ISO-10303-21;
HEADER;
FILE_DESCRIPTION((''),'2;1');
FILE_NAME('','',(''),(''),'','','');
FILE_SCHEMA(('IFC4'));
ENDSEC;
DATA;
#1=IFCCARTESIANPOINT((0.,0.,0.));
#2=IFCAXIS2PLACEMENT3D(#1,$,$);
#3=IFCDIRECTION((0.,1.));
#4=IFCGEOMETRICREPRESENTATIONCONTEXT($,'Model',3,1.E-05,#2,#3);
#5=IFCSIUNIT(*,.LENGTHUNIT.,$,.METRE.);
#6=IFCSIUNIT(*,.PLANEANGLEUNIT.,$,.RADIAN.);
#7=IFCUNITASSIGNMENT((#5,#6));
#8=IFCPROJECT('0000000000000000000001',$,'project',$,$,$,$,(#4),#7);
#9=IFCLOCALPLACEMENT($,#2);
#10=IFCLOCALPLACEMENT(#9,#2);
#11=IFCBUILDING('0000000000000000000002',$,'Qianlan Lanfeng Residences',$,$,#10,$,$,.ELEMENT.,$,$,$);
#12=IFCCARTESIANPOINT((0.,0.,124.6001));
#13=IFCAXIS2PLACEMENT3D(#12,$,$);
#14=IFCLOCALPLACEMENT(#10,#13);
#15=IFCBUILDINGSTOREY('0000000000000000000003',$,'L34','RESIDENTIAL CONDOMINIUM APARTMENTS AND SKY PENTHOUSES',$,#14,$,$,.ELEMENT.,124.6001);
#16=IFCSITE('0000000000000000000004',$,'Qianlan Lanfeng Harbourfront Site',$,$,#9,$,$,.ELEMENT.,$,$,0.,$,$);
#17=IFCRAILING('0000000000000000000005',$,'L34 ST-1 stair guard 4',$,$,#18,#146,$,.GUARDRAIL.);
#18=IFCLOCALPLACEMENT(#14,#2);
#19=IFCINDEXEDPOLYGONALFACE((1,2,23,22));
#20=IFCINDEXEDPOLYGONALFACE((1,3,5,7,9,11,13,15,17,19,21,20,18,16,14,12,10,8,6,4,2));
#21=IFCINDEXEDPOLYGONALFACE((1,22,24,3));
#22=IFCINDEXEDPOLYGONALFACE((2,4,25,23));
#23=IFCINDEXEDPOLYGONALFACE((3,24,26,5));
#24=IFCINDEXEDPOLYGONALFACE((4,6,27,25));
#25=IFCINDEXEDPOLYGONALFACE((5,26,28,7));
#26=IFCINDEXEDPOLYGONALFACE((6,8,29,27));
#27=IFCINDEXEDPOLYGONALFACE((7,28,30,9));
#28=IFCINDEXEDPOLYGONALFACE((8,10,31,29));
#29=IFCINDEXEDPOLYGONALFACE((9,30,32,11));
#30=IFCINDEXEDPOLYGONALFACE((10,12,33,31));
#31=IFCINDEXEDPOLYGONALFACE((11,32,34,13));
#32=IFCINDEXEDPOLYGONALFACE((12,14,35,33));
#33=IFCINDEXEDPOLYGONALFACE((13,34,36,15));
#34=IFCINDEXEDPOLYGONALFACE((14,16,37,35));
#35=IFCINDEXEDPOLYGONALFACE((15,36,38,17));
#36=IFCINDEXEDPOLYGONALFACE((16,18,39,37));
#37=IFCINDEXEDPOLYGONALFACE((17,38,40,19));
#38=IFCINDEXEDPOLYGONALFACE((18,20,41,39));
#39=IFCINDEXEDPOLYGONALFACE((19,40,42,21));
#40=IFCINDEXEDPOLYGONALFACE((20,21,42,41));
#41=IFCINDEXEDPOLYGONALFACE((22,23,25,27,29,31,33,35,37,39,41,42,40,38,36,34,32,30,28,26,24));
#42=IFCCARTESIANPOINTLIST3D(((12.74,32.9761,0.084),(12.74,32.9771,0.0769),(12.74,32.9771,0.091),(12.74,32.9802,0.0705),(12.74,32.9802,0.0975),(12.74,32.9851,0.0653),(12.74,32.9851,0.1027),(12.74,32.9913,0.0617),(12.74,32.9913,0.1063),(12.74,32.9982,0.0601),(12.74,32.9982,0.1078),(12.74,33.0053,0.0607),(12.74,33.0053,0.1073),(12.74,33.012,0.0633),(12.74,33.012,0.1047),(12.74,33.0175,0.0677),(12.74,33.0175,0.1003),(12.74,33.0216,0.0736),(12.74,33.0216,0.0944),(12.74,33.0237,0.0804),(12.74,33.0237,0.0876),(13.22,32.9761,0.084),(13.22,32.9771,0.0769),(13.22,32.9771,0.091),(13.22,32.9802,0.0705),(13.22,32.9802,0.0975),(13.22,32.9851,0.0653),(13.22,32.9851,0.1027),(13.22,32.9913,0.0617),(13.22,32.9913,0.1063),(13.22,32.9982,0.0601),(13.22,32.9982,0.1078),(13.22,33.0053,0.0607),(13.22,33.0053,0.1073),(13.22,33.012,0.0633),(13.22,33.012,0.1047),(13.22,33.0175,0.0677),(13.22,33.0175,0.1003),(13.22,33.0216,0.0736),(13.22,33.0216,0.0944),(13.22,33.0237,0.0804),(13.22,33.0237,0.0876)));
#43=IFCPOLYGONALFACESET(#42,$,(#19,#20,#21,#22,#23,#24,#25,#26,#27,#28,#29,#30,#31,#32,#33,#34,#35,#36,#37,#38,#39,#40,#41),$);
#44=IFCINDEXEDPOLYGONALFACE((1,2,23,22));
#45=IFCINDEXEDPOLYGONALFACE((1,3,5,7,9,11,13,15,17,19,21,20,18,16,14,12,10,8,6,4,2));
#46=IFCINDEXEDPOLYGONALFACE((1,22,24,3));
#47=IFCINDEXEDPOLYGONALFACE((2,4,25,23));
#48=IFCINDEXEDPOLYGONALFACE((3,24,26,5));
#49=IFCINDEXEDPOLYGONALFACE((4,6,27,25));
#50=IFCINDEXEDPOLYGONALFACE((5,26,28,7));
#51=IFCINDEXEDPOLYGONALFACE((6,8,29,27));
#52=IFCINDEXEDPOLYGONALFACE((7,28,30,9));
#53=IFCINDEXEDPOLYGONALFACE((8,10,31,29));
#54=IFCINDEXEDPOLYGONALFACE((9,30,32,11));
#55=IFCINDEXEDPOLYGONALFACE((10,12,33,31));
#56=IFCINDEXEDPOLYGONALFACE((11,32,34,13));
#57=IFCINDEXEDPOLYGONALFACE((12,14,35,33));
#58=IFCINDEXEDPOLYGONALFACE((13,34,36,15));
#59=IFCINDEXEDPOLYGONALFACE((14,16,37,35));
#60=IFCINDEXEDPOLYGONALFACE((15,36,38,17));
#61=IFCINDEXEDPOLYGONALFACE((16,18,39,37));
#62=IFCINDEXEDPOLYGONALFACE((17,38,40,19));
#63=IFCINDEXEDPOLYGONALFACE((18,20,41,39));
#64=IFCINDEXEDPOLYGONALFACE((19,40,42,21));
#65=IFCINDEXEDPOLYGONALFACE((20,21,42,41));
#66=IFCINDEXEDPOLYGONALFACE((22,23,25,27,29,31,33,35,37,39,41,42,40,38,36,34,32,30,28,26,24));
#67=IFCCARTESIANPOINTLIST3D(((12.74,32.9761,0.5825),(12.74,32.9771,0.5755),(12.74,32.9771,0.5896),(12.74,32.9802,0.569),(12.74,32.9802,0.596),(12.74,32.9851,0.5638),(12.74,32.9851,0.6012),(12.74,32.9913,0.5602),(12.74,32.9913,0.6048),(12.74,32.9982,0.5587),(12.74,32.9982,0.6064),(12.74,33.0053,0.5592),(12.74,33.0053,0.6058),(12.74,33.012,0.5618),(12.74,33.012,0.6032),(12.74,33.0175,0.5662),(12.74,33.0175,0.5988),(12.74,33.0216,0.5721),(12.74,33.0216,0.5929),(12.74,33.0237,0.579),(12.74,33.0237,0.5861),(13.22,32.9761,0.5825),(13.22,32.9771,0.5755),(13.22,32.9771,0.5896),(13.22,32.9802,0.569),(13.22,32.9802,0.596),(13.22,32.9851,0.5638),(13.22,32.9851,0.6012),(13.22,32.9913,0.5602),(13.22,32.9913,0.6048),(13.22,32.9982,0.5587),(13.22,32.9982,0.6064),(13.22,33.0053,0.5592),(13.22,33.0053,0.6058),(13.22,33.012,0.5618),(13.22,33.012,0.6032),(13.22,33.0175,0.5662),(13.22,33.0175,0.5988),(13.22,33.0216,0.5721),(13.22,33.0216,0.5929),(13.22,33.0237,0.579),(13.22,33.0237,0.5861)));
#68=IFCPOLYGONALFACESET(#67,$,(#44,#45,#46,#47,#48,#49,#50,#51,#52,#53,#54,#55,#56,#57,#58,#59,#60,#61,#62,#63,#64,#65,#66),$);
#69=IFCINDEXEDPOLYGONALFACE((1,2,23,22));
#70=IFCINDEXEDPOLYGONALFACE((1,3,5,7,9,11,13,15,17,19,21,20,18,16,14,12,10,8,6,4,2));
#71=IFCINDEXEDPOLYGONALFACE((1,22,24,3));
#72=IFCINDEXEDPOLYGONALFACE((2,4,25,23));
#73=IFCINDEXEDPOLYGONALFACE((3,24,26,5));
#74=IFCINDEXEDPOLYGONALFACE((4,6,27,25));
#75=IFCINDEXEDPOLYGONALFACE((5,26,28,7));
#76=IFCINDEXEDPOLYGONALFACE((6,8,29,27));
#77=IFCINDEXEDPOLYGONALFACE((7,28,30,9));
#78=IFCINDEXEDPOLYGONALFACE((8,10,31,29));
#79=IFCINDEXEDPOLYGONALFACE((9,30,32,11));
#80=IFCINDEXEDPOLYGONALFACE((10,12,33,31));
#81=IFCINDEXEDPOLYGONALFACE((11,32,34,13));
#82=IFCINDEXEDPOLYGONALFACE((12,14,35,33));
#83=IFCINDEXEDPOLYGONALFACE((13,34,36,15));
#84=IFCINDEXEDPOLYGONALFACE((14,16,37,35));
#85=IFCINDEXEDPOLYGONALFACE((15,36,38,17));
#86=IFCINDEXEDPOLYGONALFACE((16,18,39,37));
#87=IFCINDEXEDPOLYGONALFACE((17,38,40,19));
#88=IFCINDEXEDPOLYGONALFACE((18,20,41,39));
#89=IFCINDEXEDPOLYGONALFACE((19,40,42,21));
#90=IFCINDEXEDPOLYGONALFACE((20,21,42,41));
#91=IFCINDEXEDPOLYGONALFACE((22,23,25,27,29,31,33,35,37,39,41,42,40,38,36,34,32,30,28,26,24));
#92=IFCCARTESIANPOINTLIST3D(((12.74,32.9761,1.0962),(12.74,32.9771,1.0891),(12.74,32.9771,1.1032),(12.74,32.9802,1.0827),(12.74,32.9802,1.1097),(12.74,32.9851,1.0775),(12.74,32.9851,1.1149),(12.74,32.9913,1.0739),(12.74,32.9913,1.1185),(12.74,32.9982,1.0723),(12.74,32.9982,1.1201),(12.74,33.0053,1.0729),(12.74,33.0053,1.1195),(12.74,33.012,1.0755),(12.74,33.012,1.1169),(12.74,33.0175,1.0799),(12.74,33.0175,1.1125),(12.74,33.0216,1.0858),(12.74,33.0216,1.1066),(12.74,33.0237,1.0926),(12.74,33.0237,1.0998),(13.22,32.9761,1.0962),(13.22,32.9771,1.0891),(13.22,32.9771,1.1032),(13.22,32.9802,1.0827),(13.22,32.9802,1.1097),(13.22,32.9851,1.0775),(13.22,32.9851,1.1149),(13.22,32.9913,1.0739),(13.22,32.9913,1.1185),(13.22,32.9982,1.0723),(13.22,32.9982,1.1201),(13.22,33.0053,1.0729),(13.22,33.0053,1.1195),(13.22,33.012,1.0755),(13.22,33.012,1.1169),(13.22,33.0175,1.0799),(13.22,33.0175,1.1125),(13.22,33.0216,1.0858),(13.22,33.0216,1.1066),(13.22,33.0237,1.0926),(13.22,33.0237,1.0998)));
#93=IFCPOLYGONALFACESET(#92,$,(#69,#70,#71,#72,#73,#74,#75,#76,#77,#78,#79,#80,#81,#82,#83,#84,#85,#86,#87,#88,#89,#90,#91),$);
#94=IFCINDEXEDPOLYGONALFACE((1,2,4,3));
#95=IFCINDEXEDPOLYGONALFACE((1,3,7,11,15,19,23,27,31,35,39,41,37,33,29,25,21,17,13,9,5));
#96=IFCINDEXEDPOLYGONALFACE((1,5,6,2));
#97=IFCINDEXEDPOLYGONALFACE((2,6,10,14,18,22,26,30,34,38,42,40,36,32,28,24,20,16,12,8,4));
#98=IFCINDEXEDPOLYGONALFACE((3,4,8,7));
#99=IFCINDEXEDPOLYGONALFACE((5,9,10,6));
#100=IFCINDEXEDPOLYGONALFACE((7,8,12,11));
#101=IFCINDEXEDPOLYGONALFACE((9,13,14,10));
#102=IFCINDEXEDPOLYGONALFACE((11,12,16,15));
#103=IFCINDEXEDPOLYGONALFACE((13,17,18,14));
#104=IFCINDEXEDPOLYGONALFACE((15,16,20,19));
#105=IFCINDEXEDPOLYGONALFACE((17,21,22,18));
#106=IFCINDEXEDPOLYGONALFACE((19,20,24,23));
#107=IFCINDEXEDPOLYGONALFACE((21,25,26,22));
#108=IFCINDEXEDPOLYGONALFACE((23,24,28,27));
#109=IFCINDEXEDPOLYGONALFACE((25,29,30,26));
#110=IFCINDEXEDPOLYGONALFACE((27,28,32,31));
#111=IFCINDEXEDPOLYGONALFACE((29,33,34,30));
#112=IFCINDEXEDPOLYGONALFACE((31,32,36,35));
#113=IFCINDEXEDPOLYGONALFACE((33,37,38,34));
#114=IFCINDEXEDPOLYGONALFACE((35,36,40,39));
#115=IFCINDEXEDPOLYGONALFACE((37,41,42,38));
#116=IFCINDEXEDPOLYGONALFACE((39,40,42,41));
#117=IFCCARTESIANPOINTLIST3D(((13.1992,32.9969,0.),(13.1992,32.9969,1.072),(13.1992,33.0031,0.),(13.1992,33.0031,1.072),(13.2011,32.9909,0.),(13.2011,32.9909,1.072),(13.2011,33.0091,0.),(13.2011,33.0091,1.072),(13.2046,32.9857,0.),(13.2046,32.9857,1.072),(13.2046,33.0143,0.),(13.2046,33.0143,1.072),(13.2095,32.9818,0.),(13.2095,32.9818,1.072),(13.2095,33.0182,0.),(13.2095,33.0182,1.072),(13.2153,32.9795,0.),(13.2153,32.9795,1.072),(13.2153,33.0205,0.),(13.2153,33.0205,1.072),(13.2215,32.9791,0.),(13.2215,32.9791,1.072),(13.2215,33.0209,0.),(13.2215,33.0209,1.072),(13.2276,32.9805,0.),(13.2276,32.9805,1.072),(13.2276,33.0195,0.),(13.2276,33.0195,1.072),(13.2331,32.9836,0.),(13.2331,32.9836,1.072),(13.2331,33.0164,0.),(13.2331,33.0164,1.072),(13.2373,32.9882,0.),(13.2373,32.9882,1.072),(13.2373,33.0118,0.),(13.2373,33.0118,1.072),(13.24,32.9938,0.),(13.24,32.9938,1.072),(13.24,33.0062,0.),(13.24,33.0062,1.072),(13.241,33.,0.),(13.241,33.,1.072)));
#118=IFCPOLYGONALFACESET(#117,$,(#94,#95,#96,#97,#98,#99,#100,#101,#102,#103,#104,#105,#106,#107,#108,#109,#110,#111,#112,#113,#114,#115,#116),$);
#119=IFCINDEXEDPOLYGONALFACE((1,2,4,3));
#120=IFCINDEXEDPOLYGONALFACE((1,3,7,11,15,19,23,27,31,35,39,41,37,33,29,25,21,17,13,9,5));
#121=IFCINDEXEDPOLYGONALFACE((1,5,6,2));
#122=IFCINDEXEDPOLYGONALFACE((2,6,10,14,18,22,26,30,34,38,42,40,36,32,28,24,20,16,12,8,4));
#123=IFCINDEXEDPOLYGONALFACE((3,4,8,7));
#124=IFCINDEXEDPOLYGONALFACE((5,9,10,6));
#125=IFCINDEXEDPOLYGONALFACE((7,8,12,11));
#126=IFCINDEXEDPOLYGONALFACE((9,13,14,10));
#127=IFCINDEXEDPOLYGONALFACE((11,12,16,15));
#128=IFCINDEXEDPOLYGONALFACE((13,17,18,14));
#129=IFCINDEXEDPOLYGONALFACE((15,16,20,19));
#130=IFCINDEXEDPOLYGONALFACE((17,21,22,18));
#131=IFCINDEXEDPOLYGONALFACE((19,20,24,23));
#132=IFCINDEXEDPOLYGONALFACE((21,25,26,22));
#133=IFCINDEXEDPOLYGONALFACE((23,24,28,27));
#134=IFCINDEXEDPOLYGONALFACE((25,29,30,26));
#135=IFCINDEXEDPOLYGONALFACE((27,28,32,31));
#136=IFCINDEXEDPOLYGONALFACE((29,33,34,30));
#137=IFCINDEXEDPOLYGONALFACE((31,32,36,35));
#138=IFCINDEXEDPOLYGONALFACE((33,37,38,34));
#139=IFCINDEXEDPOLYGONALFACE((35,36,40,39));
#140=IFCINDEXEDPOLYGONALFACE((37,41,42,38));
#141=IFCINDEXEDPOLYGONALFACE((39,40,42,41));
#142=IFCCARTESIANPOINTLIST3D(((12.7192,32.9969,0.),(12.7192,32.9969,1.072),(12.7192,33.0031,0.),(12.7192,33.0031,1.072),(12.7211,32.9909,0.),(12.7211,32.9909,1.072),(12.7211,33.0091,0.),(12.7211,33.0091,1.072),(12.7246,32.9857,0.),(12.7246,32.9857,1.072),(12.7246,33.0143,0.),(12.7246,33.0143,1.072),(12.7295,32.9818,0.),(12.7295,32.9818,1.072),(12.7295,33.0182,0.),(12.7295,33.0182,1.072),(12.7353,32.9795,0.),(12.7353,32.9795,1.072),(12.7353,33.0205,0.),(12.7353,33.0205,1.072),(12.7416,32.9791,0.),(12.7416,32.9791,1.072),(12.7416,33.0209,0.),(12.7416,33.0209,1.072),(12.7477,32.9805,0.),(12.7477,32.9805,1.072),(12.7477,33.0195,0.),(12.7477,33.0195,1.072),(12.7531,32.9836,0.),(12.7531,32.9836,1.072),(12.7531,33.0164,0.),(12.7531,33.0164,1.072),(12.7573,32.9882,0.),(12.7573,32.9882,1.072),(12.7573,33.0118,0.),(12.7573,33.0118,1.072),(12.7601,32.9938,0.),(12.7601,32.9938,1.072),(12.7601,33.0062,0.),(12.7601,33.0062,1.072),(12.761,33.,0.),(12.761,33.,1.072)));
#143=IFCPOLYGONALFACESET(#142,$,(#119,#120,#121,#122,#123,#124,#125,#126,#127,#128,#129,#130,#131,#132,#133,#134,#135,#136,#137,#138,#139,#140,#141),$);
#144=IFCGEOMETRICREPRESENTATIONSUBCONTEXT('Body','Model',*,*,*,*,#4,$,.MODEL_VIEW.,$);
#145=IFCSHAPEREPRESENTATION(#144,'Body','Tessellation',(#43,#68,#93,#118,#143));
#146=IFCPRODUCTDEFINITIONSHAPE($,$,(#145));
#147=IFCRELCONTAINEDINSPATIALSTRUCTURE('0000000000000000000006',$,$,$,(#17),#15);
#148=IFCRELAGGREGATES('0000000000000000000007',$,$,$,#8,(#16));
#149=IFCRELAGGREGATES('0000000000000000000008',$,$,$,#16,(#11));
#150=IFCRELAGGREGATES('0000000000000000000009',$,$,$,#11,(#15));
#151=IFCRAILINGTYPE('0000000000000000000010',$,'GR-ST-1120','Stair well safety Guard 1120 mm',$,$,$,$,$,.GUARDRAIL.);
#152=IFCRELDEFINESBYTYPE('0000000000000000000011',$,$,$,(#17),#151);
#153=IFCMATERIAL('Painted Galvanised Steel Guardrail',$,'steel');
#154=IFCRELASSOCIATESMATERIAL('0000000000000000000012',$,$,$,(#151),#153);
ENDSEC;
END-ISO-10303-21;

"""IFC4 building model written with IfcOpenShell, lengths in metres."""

from ifc_helpers import new_model, si_unit, direction, frame, origin, origin_2d, place, context, subcontext, project, spatial, circle, extrude, material, type_object, element, save


model = new_model("IFC4")

# Units and contexts
model_context = context("Model", 3, precision=1e-05, world=origin(), true_north=direction((0.0, 1.0)))
body_context = subcontext(model_context, "Body", "Model", "MODEL_VIEW")
ifc_project = project(units=[si_unit("LENGTHUNIT", "METRE"), si_unit("PLANEANGLEUNIT", "RADIAN")], contexts=[model_context])

# Site, building, storey
site_placement = place(None, origin())
site = spatial("IfcSite", under=ifc_project, at=site_placement, Name="Qianlan Lanfeng Harbourfront Site", CompositionType="ELEMENT", RefElevation=0.0)
building_placement = place(site_placement, origin())
building = spatial("IfcBuilding", under=site, at=building_placement, Name="Qianlan Lanfeng Residences", CompositionType="ELEMENT")
storey_placement = place(building_placement, frame((0.0, 0.0, 124.6001)))
storey = spatial("IfcBuildingStorey", under=building, at=storey_placement, Name="L34", Description="RESIDENTIAL CONDOMINIUM APARTMENTS AND SKY PENTHOUSES", CompositionType="ELEMENT", Elevation=124.6001)

# Railing
ifc_material_1 = material(Name="Painted Galvanised Steel Guardrail", Category="steel")
railing_type_1 = type_object("IfcRailingType", Name="GR-ST-1120", Description="Stair well safety Guard 1120 mm", PredefinedType="GUARDRAIL", material=ifc_material_1)
railing_1_placement = place(storey_placement, frame((13.22, 33.0, 0.0)))
element("IfcRailing", 1, at=railing_1_placement, inside=storey, type_object=railing_type_1, Name="L34 ST-1 stair guard 4", PredefinedType="GUARDRAIL", context=body_context, shape_type="SweptSolid", body=[
    extrude(circle(Radius=0.0239, at=origin_2d()), frame((0.0, 0.0, 0.084), z_axis=(-1.0, 0.0, 0.0), x_axis=(0.0, -1.0, 0.0)), (0.0, 0.0, 1.0), 0.48),
    extrude(circle(Radius=0.0239, at=origin_2d()), frame((0.0, 0.0, 0.5825), z_axis=(-1.0, 0.0, 0.0), x_axis=(0.0, -1.0, 0.0)), (0.0, 0.0, 1.0), 0.48),
    extrude(circle(Radius=0.0239, at=origin_2d()), frame((0.0, 0.0, 1.0962), z_axis=(-1.0, 0.0, 0.0), x_axis=(0.0, -1.0, 0.0)), (0.0, 0.0, 1.0), 0.48),
    extrude(circle(Radius=0.021, at=origin_2d()), origin(), (0.0, 0.0, 1.0), 1.072),
    extrude(circle(Radius=0.021, at=origin_2d()), frame((-0.48, 0.0, 0.0)), (0.0, 0.0, 1.0), 1.072),
])

save(model, "model.ifc")
